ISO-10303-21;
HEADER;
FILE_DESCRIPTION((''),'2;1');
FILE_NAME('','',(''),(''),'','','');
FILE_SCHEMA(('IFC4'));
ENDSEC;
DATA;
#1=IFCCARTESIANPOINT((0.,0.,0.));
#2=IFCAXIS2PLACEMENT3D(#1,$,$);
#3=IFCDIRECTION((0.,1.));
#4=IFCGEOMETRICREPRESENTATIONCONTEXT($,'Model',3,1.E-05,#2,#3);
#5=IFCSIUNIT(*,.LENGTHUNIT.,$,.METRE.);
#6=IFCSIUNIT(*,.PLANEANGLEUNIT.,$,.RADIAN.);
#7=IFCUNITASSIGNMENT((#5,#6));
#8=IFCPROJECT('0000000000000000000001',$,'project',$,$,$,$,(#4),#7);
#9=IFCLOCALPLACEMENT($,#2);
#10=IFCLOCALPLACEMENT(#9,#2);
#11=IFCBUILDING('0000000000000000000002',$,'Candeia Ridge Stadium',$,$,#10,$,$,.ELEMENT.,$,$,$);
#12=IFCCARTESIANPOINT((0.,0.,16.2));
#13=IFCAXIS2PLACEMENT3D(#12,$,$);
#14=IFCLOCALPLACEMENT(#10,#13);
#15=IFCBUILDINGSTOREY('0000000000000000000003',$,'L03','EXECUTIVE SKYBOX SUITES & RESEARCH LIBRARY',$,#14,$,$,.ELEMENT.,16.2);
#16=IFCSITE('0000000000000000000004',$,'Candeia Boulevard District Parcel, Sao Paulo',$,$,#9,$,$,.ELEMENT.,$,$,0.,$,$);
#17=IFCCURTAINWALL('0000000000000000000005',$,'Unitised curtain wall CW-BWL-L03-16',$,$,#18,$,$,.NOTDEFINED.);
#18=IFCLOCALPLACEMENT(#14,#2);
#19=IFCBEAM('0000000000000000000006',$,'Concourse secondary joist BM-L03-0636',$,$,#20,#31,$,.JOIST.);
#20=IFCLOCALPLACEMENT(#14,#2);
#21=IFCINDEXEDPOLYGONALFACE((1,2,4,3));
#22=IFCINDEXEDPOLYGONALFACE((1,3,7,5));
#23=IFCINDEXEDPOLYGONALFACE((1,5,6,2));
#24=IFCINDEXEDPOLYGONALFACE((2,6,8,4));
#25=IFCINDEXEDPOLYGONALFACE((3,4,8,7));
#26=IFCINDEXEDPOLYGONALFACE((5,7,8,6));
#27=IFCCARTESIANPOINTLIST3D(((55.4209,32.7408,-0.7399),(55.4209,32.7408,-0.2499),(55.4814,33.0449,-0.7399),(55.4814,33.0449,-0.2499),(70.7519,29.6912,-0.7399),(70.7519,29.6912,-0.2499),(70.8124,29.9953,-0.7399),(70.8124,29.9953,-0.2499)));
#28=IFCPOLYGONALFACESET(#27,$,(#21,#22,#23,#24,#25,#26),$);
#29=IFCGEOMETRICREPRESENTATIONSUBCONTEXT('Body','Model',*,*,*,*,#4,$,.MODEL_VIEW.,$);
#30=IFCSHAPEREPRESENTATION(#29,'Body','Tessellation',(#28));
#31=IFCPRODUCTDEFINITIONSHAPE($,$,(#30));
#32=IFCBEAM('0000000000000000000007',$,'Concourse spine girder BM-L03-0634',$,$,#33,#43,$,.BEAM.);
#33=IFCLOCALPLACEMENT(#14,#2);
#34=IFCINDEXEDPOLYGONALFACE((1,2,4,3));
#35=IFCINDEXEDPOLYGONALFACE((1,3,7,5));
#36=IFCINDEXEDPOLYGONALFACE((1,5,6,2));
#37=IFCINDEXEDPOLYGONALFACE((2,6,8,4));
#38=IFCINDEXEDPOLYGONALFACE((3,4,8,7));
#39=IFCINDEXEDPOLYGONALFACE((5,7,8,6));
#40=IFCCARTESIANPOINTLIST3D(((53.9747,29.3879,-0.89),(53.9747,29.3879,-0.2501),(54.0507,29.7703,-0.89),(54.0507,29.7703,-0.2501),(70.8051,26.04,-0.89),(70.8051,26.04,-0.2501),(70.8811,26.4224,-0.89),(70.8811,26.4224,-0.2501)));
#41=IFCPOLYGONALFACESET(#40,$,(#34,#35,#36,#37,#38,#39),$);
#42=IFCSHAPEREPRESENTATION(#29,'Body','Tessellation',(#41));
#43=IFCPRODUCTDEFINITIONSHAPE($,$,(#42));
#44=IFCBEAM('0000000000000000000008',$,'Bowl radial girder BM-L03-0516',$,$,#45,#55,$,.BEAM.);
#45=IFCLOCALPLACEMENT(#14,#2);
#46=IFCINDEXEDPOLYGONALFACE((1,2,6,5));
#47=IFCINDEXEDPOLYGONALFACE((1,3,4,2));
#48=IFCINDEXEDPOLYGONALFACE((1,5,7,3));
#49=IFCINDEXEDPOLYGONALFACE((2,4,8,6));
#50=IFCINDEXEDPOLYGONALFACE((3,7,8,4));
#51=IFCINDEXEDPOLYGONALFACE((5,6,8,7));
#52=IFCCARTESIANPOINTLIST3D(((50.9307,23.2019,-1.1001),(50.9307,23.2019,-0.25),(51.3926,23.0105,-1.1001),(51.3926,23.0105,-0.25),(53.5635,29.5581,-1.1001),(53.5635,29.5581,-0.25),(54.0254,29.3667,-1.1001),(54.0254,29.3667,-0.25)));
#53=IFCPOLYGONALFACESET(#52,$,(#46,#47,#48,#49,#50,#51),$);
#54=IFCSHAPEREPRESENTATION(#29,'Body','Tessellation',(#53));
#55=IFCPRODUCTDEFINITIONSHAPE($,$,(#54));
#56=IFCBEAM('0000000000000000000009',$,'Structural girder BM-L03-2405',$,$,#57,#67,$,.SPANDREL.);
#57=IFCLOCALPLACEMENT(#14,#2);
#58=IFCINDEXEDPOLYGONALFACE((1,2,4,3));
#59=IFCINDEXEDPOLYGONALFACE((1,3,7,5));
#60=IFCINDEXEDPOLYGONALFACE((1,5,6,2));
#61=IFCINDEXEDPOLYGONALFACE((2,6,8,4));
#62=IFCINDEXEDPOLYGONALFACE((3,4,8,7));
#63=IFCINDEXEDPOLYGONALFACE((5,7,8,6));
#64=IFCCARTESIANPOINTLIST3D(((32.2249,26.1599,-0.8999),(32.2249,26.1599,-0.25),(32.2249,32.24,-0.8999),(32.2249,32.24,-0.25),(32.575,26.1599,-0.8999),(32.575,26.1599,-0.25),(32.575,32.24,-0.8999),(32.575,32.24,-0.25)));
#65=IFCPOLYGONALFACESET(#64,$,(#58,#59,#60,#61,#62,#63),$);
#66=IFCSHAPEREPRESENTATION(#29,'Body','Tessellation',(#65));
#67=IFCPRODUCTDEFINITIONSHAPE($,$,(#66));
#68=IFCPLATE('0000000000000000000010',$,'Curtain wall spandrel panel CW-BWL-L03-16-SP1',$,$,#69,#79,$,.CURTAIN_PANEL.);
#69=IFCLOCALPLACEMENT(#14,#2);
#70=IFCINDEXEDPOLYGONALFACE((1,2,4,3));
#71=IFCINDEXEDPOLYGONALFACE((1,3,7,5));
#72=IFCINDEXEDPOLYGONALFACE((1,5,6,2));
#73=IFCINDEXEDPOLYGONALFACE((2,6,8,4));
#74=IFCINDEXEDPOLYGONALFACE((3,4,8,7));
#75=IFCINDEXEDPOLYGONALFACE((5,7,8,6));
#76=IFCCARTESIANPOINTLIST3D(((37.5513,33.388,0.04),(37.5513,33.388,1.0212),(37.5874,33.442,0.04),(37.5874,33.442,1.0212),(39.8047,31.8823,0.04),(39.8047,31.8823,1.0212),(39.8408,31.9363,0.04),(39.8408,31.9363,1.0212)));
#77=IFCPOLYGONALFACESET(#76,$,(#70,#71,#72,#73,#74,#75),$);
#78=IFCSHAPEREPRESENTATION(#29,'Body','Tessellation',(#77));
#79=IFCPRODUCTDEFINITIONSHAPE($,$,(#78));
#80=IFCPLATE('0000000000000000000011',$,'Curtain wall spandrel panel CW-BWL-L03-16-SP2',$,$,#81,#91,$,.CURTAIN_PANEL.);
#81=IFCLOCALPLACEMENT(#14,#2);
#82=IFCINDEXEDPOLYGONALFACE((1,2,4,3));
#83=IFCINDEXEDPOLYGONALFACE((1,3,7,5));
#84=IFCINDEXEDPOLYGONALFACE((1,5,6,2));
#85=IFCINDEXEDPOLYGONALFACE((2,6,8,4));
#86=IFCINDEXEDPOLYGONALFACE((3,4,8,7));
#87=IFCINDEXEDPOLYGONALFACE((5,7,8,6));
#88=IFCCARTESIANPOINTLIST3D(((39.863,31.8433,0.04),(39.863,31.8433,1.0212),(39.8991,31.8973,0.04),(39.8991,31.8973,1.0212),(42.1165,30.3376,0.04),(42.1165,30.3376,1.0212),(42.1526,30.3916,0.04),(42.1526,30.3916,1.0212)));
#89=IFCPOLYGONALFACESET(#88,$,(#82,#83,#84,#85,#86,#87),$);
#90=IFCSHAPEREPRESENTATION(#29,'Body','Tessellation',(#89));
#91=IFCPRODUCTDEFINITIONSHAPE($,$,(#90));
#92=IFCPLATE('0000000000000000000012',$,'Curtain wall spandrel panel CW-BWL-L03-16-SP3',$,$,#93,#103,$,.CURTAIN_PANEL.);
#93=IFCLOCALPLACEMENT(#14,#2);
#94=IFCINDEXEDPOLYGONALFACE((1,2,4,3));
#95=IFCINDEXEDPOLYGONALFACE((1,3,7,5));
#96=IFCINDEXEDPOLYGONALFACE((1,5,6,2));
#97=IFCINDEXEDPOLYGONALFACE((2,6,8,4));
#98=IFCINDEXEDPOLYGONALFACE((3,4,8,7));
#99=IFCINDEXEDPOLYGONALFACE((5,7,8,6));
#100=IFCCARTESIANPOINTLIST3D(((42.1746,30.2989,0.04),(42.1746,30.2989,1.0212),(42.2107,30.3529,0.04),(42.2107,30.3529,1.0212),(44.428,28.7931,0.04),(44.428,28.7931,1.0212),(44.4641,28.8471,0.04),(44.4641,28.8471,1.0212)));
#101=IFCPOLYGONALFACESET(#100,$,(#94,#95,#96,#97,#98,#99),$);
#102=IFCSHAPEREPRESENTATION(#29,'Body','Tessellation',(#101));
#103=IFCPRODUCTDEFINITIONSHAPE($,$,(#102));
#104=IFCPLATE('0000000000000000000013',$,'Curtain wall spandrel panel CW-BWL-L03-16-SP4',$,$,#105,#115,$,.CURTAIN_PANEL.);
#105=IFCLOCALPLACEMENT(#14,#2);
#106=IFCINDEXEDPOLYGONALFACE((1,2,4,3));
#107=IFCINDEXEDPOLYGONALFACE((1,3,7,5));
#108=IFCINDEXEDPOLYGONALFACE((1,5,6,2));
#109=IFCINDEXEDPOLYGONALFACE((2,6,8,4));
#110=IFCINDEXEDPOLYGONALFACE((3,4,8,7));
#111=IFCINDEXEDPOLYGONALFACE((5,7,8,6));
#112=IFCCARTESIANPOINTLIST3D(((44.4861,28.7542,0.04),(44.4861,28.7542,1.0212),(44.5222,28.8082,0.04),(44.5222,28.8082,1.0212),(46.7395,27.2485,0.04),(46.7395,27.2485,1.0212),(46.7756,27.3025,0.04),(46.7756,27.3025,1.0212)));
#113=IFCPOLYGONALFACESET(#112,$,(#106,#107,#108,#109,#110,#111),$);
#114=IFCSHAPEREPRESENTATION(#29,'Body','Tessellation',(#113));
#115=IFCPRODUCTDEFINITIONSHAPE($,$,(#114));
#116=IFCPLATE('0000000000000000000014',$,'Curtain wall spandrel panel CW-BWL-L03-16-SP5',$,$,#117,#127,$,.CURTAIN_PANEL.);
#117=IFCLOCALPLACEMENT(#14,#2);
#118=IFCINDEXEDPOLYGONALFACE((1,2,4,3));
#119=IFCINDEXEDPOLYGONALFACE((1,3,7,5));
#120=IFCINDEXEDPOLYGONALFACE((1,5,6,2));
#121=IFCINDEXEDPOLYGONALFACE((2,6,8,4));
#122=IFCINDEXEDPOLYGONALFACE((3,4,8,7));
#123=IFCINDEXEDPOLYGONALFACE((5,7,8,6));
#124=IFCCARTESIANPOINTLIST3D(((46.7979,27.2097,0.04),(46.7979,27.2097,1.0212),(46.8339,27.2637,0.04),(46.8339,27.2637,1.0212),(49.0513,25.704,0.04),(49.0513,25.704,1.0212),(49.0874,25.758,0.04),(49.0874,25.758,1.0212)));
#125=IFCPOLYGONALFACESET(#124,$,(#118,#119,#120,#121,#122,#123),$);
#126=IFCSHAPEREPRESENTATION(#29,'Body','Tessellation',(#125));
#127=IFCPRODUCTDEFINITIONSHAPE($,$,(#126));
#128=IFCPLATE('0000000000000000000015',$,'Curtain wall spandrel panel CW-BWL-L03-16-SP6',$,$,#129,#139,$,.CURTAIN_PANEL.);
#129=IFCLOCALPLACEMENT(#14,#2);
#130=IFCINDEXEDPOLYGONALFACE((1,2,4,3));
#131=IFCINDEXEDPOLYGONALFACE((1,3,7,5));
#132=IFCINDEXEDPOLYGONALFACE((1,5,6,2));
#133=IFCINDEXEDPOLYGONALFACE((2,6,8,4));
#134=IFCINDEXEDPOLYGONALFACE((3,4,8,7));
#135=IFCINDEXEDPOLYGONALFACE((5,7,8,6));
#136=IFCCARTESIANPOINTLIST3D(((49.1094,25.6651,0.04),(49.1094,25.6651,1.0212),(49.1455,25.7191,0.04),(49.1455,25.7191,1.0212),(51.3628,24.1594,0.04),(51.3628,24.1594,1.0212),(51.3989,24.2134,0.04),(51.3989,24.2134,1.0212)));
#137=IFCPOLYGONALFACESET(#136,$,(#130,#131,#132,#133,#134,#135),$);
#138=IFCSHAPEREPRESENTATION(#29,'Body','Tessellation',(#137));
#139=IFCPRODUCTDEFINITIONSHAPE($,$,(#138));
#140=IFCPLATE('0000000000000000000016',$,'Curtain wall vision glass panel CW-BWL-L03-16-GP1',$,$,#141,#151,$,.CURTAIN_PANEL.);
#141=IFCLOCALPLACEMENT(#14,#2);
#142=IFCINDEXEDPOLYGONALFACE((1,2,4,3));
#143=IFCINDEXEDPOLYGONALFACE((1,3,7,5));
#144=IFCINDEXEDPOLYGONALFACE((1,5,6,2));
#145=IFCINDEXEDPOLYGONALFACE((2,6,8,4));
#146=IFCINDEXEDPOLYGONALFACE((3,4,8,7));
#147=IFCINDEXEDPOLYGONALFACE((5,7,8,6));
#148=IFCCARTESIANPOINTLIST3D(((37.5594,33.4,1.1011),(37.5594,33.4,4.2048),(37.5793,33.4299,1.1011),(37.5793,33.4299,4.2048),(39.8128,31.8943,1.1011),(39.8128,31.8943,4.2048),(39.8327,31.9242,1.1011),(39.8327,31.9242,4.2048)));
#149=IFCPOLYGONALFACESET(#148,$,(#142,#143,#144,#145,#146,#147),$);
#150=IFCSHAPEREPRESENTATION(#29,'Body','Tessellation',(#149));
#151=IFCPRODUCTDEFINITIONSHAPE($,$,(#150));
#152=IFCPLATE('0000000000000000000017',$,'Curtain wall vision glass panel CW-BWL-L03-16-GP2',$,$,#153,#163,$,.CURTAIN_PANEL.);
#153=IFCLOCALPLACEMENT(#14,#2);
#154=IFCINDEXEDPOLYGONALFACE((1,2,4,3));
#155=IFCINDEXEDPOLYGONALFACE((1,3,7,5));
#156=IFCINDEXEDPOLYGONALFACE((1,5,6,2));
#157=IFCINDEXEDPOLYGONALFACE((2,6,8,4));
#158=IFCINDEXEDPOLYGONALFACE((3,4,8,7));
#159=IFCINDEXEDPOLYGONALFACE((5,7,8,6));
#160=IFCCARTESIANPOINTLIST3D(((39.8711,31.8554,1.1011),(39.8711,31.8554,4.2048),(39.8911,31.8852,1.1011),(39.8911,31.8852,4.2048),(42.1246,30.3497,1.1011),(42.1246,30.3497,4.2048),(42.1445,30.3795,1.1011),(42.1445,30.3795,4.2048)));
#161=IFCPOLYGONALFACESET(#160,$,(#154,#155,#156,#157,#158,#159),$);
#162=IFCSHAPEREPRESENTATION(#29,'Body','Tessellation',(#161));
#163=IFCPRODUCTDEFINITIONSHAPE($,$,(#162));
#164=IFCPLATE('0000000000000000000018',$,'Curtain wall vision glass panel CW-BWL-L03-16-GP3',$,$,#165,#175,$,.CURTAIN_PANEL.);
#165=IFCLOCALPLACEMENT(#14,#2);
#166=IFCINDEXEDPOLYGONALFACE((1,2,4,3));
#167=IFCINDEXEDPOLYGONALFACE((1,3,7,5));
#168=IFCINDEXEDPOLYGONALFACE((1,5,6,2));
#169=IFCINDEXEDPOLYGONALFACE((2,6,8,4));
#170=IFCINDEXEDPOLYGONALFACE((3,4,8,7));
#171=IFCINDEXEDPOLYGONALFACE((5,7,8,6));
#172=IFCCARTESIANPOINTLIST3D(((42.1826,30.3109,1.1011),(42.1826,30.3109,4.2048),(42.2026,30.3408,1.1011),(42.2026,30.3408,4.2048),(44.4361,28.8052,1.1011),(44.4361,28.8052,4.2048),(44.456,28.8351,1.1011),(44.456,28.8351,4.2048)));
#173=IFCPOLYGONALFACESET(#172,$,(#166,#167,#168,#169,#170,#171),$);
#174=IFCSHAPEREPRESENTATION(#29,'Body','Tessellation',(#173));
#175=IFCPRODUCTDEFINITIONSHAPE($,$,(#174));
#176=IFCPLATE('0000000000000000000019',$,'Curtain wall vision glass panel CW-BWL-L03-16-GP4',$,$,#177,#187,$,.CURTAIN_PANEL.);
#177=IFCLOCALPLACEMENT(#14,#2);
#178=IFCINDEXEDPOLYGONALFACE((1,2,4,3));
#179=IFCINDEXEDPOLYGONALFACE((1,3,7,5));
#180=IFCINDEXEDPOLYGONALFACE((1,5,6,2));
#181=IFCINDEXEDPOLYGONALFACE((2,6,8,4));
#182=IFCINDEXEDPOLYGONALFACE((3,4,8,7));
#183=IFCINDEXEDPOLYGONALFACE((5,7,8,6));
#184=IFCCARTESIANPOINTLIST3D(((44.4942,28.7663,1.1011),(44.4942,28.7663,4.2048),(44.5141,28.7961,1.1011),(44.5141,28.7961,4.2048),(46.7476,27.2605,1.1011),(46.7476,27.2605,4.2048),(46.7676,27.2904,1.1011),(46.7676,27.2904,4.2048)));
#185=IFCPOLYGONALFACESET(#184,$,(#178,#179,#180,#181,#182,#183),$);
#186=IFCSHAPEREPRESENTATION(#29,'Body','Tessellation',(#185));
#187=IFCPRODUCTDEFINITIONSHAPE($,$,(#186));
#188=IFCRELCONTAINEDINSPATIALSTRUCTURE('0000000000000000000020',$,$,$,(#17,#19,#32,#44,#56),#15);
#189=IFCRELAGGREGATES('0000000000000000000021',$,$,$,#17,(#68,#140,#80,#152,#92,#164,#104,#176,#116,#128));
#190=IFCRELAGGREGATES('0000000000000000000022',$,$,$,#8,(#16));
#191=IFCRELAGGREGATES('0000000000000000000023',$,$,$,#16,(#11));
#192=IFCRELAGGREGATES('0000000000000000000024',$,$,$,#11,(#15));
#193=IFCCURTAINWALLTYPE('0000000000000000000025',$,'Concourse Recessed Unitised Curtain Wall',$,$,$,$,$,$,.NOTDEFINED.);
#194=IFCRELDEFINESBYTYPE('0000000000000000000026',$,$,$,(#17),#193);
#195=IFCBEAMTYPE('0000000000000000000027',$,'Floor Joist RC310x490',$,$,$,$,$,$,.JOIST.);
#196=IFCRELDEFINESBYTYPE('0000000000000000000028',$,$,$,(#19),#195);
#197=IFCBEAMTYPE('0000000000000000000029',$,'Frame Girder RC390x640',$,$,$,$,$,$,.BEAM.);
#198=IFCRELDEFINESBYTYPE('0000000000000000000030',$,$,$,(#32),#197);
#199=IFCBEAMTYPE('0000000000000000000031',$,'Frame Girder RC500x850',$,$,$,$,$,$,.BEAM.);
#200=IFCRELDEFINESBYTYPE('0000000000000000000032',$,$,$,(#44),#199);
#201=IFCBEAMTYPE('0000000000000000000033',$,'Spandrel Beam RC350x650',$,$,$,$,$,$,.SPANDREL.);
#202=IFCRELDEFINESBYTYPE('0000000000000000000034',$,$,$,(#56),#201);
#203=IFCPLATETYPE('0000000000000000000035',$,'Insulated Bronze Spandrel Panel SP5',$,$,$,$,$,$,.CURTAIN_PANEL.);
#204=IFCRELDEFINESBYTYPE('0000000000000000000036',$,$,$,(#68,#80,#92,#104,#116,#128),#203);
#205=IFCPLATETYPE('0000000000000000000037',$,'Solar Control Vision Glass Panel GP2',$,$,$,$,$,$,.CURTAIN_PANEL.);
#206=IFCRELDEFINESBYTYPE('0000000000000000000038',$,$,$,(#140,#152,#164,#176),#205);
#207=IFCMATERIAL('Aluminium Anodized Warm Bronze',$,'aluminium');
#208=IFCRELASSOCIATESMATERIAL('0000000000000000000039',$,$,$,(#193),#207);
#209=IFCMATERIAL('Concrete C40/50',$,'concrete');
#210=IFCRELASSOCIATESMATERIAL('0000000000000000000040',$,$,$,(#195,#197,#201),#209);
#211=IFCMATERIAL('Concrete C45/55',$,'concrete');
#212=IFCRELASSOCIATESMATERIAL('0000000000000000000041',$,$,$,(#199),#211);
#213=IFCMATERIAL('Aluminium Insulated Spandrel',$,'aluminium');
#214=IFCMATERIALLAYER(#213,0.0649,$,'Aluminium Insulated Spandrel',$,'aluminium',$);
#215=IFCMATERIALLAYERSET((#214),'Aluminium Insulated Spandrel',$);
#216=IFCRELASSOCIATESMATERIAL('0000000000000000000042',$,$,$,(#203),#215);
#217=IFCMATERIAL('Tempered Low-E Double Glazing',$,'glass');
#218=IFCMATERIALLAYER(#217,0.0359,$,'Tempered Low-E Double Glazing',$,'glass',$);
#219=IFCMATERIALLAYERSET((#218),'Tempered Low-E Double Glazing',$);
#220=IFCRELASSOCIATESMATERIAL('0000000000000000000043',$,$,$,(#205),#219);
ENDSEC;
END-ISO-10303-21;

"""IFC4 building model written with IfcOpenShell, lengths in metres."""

from ifc_helpers import new_model, si_unit, direction, frame, origin, origin_2d, place, context, subcontext, project, spatial, rectangle, extrude, material, layer, layer_set, material_profile, profile_set, type_object, element, aggregate, save


model = new_model("IFC4")

# Units and contexts
model_context = context("Model", 3, precision=1e-05, world=origin(), true_north=direction((0.0, 1.0)))
body_context = subcontext(model_context, "Body", "Model", "MODEL_VIEW")
ifc_project = project(units=[si_unit("LENGTHUNIT", "METRE"), si_unit("PLANEANGLEUNIT", "RADIAN")], contexts=[model_context])

# Site, building, storey
site_placement = place(None, origin())
site = spatial("IfcSite", under=ifc_project, at=site_placement, Name="Candeia Boulevard District Parcel, Sao Paulo", CompositionType="ELEMENT", RefElevation=0.0)
building_placement = place(site_placement, origin())
building = spatial("IfcBuilding", under=site, at=building_placement, Name="Candeia Ridge Stadium", CompositionType="ELEMENT")
storey_placement = place(building_placement, frame((0.0, 0.0, 16.2)))
storey = spatial("IfcBuildingStorey", under=building, at=storey_placement, Name="L03", Description="EXECUTIVE SKYBOX SUITES & RESEARCH LIBRARY", CompositionType="ELEMENT", Elevation=16.2)

# Shared definitions
ifc_material_1 = material(Name="Concrete C40/50", Category="concrete")

# Curtain wall
ifc_material_2 = material(Name="Aluminium Anodized Warm Bronze", Category="aluminium")
curtain_wall_type = type_object("IfcCurtainWallType", Name="Concourse Recessed Unitised Curtain Wall", PredefinedType="NOTDEFINED", material=ifc_material_2)
curtain_wall_1_placement = place(storey_placement, origin())
curtain_wall_1 = element("IfcCurtainWall", 1, at=curtain_wall_1_placement, inside=storey, type_object=curtain_wall_type, Name="Unitised curtain wall CW-BWL-L03-16", PredefinedType="NOTDEFINED")

# Beams
ifc_material_profile_1 = material_profile(ifc_material_1, rectangle(XDim=0.3101, YDim=0.49, at=origin_2d()), Name="RC310x490", Category="concrete")
ifc_profile_set_1 = profile_set([ifc_material_profile_1], Name="Concrete C40/50")
beam_type_1 = type_object("IfcBeamType", Name="Floor Joist RC310x490", PredefinedType="JOIST", material=ifc_profile_set_1)
beam_1_placement = place(storey_placement, frame((55.4512, 32.8928, -0.4949), z_axis=(0.980785, -0.195092, 0.0), x_axis=(0.195092, 0.980785, 0.0)))
element("IfcBeam", 2, at=beam_1_placement, inside=storey, type_object=beam_type_1, Name="Concourse secondary joist BM-L03-0636", PredefinedType="JOIST", context=body_context, shape_type="SweptSolid", body=[
    extrude(rectangle(XDim=0.3101, YDim=0.49, at=origin_2d()), origin(), (0.0, 0.0, 1.0), 15.6313),
])
ifc_material_profile_2 = material_profile(ifc_material_1, rectangle(XDim=0.3899, YDim=0.6399, at=origin_2d()), Name="RC390x640", Category="concrete")
ifc_profile_set_2 = profile_set([ifc_material_profile_2], Name="Concrete C40/50")
beam_type_2 = type_object("IfcBeamType", Name="Frame Girder RC390x640", PredefinedType="BEAM", material=ifc_profile_set_2)
beam_2_placement = place(storey_placement, frame((54.0127, 29.5791, -0.5701), z_axis=(0.980784, -0.195098, 0.0), x_axis=(0.195098, 0.980784, 0.0)))
element("IfcBeam", 3, at=beam_2_placement, inside=storey, type_object=beam_type_2, Name="Concourse spine girder BM-L03-0634", PredefinedType="BEAM", context=body_context, shape_type="SweptSolid", body=[
    extrude(rectangle(XDim=0.3899, YDim=0.6399, at=origin_2d()), origin(), (0.0, 0.0, 1.0), 17.1602),
])
ifc_material_3 = material(Name="Concrete C45/55", Category="concrete")
ifc_material_profile_3 = material_profile(ifc_material_3, rectangle(XDim=0.5, YDim=0.8501, at=origin_2d()), Name="RC500x850", Category="concrete")
ifc_profile_set_3 = profile_set([ifc_material_profile_3], Name="Concrete C45/55")
beam_type_3 = type_object("IfcBeamType", Name="Frame Girder RC500x850", PredefinedType="BEAM", material=ifc_profile_set_3)
beam_3_placement = place(storey_placement, frame((53.7944, 29.4624, -0.675), z_axis=(-0.382682, -0.92388, 0.0), x_axis=(0.92388, -0.382682, 0.0)))
element("IfcBeam", 4, at=beam_3_placement, inside=storey, type_object=beam_type_3, Name="Bowl radial girder BM-L03-0516", PredefinedType="BEAM", context=body_context, shape_type="SweptSolid", body=[
    extrude(rectangle(XDim=0.5, YDim=0.8501, at=origin_2d()), origin(), (0.0, 0.0, 1.0), 6.8799),
])
ifc_material_profile_4 = material_profile(ifc_material_1, rectangle(XDim=0.3501, YDim=0.6499, at=origin_2d()), Name="RC350x650", Category="concrete")
ifc_profile_set_4 = profile_set([ifc_material_profile_4], Name="Concrete C40/50")
beam_type_4 = type_object("IfcBeamType", Name="Spandrel Beam RC350x650", PredefinedType="SPANDREL", material=ifc_profile_set_4)
beam_4_placement = place(storey_placement, frame((32.3999, 26.1599, -0.575), z_axis=(0.0, 1.0, 0.0), x_axis=(-1.0, 0.0, 0.0)))
element("IfcBeam", 5, at=beam_4_placement, inside=storey, type_object=beam_type_4, Name="Structural girder BM-L03-2405", PredefinedType="SPANDREL", context=body_context, shape_type="SweptSolid", body=[
    extrude(rectangle(XDim=0.3501, YDim=0.6499, at=origin_2d()), origin(), (0.0, 0.0, 1.0), 6.0801),
])

# Plates
ifc_material_4 = material(Name="Aluminium Insulated Spandrel", Category="aluminium")
ifc_layer_1 = layer(ifc_material_4, 0.0649, Name="Aluminium Insulated Spandrel", Category="aluminium")
ifc_layer_set_1 = layer_set([ifc_layer_1], Name="Aluminium Insulated Spandrel")
plate_type_1 = type_object("IfcPlateType", Name="Insulated Bronze Spandrel Panel SP5", PredefinedType="CURTAIN_PANEL", material=ifc_layer_set_1)
plate_1_placement = place(storey_placement, frame((38.696, 32.6621, 0.04), z_axis=(0.0, 0.0, 1.0), x_axis=(0.831469, -0.555571, 0.0)))
plate_1 = element("IfcPlate", 6, at=plate_1_placement, type_object=plate_type_1, Name="Curtain wall spandrel panel CW-BWL-L03-16-SP1", PredefinedType="CURTAIN_PANEL", context=body_context, shape_type="SweptSolid", body=[
    extrude(rectangle(XDim=2.7102, YDim=0.0649, at=origin_2d()), origin(), (0.0, 0.0, 1.0), 0.9812),
])
plate_2_placement = place(storey_placement, frame((41.0078, 31.1174, 0.04), z_axis=(0.0, 0.0, 1.0), x_axis=(0.831469, -0.555571, 0.0)))
plate_2 = element("IfcPlate", 7, at=plate_2_placement, type_object=plate_type_1, Name="Curtain wall spandrel panel CW-BWL-L03-16-SP2", PredefinedType="CURTAIN_PANEL", context=body_context, shape_type="SweptSolid", body=[
    extrude(rectangle(XDim=2.7102, YDim=0.0649, at=origin_2d()), origin(), (0.0, 0.0, 1.0), 0.9812),
])
plate_3_placement = place(storey_placement, frame((43.3193, 29.573, 0.04), z_axis=(0.0, 0.0, 1.0), x_axis=(0.831469, -0.555571, 0.0)))
plate_3 = element("IfcPlate", 8, at=plate_3_placement, type_object=plate_type_1, Name="Curtain wall spandrel panel CW-BWL-L03-16-SP3", PredefinedType="CURTAIN_PANEL", context=body_context, shape_type="SweptSolid", body=[
    extrude(rectangle(XDim=2.7102, YDim=0.0649, at=origin_2d()), origin(), (0.0, 0.0, 1.0), 0.9812),
])
plate_4_placement = place(storey_placement, frame((45.6309, 28.0283, 0.04), z_axis=(0.0, 0.0, 1.0), x_axis=(0.831469, -0.555571, 0.0)))
plate_4 = element("IfcPlate", 9, at=plate_4_placement, type_object=plate_type_1, Name="Curtain wall spandrel panel CW-BWL-L03-16-SP4", PredefinedType="CURTAIN_PANEL", context=body_context, shape_type="SweptSolid", body=[
    extrude(rectangle(XDim=2.7102, YDim=0.0649, at=origin_2d()), origin(), (0.0, 0.0, 1.0), 0.9812),
])
plate_5_placement = place(storey_placement, frame((47.9426, 26.4839, 0.04), z_axis=(0.0, 0.0, 1.0), x_axis=(0.831469, -0.555571, 0.0)))
plate_5 = element("IfcPlate", 10, at=plate_5_placement, type_object=plate_type_1, Name="Curtain wall spandrel panel CW-BWL-L03-16-SP5", PredefinedType="CURTAIN_PANEL", context=body_context, shape_type="SweptSolid", body=[
    extrude(rectangle(XDim=2.7102, YDim=0.0649, at=origin_2d()), origin(), (0.0, 0.0, 1.0), 0.9812),
])
plate_6_placement = place(storey_placement, frame((50.2542, 24.9392, 0.04), z_axis=(0.0, 0.0, 1.0), x_axis=(0.831469, -0.555571, 0.0)))
plate_6 = element("IfcPlate", 11, at=plate_6_placement, type_object=plate_type_1, Name="Curtain wall spandrel panel CW-BWL-L03-16-SP6", PredefinedType="CURTAIN_PANEL", context=body_context, shape_type="SweptSolid", body=[
    extrude(rectangle(XDim=2.7102, YDim=0.0649, at=origin_2d()), origin(), (0.0, 0.0, 1.0), 0.9812),
])
ifc_material_5 = material(Name="Tempered Low-E Double Glazing", Category="glass")
ifc_layer_2 = layer(ifc_material_5, 0.0359, Name="Tempered Low-E Double Glazing", Category="glass")
ifc_layer_set_2 = layer_set([ifc_layer_2], Name="Tempered Low-E Double Glazing")
plate_type_2 = type_object("IfcPlateType", Name="Solar Control Vision Glass Panel GP2", PredefinedType="CURTAIN_PANEL", material=ifc_layer_set_2)
plate_7_placement = place(storey_placement, frame((38.696, 32.6621, 1.1011), z_axis=(0.0, 0.0, 1.0), x_axis=(0.831469, -0.555571, 0.0)))
plate_7 = element("IfcPlate", 12, at=plate_7_placement, type_object=plate_type_2, Name="Curtain wall vision glass panel CW-BWL-L03-16-GP1", PredefinedType="CURTAIN_PANEL", context=body_context, shape_type="SweptSolid", body=[
    extrude(rectangle(XDim=2.7102, YDim=0.0359, at=origin_2d()), origin(), (0.0, 0.0, 1.0), 3.1038),
])
plate_8_placement = place(storey_placement, frame((41.0078, 31.1174, 1.1011), z_axis=(0.0, 0.0, 1.0), x_axis=(0.831469, -0.555571, 0.0)))
plate_8 = element("IfcPlate", 13, at=plate_8_placement, type_object=plate_type_2, Name="Curtain wall vision glass panel CW-BWL-L03-16-GP2", PredefinedType="CURTAIN_PANEL", context=body_context, shape_type="SweptSolid", body=[
    extrude(rectangle(XDim=2.7102, YDim=0.0359, at=origin_2d()), origin(), (0.0, 0.0, 1.0), 3.1038),
])
plate_9_placement = place(storey_placement, frame((43.3193, 29.573, 1.1011), z_axis=(0.0, 0.0, 1.0), x_axis=(0.831469, -0.555571, 0.0)))
plate_9 = element("IfcPlate", 14, at=plate_9_placement, type_object=plate_type_2, Name="Curtain wall vision glass panel CW-BWL-L03-16-GP3", PredefinedType="CURTAIN_PANEL", context=body_context, shape_type="SweptSolid", body=[
    extrude(rectangle(XDim=2.7102, YDim=0.0359, at=origin_2d()), origin(), (0.0, 0.0, 1.0), 3.1038),
])
plate_10_placement = place(storey_placement, frame((45.6309, 28.0283, 1.1011), z_axis=(0.0, 0.0, 1.0), x_axis=(0.831469, -0.555571, 0.0)))
plate_10 = element("IfcPlate", 15, at=plate_10_placement, type_object=plate_type_2, Name="Curtain wall vision glass panel CW-BWL-L03-16-GP4", PredefinedType="CURTAIN_PANEL", context=body_context, shape_type="SweptSolid", body=[
    extrude(rectangle(XDim=2.7102, YDim=0.0359, at=origin_2d()), origin(), (0.0, 0.0, 1.0), 3.1038),
])
aggregate(curtain_wall_1, [plate_1, plate_7, plate_2, plate_8, plate_3, plate_9, plate_4, plate_10, plate_5, plate_6])

save(model, "model.ifc")
